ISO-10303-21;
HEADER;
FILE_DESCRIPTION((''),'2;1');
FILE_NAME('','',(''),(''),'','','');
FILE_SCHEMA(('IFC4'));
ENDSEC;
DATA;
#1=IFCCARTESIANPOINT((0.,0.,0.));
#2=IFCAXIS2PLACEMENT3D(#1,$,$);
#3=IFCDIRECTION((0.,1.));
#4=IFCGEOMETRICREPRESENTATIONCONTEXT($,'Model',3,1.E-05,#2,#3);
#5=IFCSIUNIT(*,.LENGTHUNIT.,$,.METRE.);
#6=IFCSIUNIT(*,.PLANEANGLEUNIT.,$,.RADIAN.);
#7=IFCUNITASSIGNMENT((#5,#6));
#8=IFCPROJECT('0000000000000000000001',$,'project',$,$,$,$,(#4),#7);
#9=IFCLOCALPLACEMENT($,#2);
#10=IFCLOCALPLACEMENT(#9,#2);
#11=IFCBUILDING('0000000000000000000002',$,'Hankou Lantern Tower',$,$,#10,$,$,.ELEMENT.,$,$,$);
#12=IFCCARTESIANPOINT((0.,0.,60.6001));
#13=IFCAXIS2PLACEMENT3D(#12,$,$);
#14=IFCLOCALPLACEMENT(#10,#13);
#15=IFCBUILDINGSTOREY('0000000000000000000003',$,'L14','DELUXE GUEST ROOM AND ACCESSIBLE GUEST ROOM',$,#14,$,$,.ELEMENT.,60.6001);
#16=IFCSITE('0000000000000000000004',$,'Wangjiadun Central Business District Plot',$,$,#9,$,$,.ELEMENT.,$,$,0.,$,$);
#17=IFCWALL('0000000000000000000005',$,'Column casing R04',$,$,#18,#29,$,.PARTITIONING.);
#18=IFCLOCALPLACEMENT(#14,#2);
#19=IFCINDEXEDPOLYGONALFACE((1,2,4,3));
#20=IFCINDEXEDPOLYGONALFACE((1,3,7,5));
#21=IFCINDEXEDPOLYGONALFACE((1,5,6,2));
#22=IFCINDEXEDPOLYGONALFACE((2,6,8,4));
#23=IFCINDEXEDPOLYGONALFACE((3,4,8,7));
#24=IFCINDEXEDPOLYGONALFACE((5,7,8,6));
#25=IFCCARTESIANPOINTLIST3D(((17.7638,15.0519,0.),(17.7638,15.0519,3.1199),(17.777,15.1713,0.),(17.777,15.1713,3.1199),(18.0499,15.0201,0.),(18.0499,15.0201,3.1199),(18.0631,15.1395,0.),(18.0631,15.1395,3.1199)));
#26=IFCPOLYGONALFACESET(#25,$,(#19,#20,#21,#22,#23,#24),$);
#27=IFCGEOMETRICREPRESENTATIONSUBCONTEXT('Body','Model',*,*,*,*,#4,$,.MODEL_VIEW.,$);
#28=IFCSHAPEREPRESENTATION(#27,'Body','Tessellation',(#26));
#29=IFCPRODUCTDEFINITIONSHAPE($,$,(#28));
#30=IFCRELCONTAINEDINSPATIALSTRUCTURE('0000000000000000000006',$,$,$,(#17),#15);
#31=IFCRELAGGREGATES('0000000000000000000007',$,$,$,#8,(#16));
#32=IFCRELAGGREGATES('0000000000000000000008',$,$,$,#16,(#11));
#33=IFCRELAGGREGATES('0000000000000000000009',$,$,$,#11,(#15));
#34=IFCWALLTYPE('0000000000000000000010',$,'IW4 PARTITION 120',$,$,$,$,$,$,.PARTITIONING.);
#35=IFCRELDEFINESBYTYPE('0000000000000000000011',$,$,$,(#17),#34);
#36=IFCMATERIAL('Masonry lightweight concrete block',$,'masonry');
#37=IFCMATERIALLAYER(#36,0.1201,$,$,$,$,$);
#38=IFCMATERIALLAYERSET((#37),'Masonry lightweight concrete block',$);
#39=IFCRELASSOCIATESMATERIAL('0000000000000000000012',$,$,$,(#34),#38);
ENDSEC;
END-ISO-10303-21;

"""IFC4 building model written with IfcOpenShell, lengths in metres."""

from ifc_helpers import new_model, si_unit, direction, frame, frame_2d, origin, place, context, subcontext, project, spatial, rectangle, extrude, material, layer, layer_set, type_object, element, save


model = new_model("IFC4")

# Units and contexts
model_context = context("Model", 3, precision=1e-05, world=origin(), true_north=direction((0.0, 1.0)))
body_context = subcontext(model_context, "Body", "Model", "MODEL_VIEW")
ifc_project = project(units=[si_unit("LENGTHUNIT", "METRE"), si_unit("PLANEANGLEUNIT", "RADIAN")], contexts=[model_context])

# Site, building, storey
site_placement = place(None, origin())
site = spatial("IfcSite", under=ifc_project, at=site_placement, Name="Wangjiadun Central Business District Plot", CompositionType="ELEMENT", RefElevation=0.0)
building_placement = place(site_placement, origin())
building = spatial("IfcBuilding", under=site, at=building_placement, Name="Hankou Lantern Tower", CompositionType="ELEMENT")
storey_placement = place(building_placement, frame((0.0, 0.0, 60.6001)))
storey = spatial("IfcBuildingStorey", under=building, at=storey_placement, Name="L14", Description="DELUXE GUEST ROOM AND ACCESSIBLE GUEST ROOM", CompositionType="ELEMENT", Elevation=60.6001)

# Wall
ifc_material_1 = material(Name="Masonry lightweight concrete block", Category="masonry")
ifc_layer_1 = layer(ifc_material_1, 0.1201)
ifc_layer_set_1 = layer_set([ifc_layer_1], Name="Masonry lightweight concrete block")
wall_type_1 = type_object("IfcWallType", Name="IW4 PARTITION 120", PredefinedType="PARTITIONING", material=ifc_layer_set_1)
wall_1_placement = place(storey_placement, frame((17.7703, 15.1116, 0.0), z_axis=(0.0, 0.0, 1.0), x_axis=(0.993904, -0.110245, 0.0)))
element("IfcWall", 1, at=wall_1_placement, inside=storey, type_object=wall_type_1, Name="Column casing R04", PredefinedType="PARTITIONING", context=body_context, shape_type="SweptSolid", body=[
    extrude(rectangle(XDim=0.2878, YDim=0.1201, at=frame_2d((0.144, 0.0))), origin(), (0.0, 0.0, 1.0), 3.1199),
])

save(model, "model.ifc")
